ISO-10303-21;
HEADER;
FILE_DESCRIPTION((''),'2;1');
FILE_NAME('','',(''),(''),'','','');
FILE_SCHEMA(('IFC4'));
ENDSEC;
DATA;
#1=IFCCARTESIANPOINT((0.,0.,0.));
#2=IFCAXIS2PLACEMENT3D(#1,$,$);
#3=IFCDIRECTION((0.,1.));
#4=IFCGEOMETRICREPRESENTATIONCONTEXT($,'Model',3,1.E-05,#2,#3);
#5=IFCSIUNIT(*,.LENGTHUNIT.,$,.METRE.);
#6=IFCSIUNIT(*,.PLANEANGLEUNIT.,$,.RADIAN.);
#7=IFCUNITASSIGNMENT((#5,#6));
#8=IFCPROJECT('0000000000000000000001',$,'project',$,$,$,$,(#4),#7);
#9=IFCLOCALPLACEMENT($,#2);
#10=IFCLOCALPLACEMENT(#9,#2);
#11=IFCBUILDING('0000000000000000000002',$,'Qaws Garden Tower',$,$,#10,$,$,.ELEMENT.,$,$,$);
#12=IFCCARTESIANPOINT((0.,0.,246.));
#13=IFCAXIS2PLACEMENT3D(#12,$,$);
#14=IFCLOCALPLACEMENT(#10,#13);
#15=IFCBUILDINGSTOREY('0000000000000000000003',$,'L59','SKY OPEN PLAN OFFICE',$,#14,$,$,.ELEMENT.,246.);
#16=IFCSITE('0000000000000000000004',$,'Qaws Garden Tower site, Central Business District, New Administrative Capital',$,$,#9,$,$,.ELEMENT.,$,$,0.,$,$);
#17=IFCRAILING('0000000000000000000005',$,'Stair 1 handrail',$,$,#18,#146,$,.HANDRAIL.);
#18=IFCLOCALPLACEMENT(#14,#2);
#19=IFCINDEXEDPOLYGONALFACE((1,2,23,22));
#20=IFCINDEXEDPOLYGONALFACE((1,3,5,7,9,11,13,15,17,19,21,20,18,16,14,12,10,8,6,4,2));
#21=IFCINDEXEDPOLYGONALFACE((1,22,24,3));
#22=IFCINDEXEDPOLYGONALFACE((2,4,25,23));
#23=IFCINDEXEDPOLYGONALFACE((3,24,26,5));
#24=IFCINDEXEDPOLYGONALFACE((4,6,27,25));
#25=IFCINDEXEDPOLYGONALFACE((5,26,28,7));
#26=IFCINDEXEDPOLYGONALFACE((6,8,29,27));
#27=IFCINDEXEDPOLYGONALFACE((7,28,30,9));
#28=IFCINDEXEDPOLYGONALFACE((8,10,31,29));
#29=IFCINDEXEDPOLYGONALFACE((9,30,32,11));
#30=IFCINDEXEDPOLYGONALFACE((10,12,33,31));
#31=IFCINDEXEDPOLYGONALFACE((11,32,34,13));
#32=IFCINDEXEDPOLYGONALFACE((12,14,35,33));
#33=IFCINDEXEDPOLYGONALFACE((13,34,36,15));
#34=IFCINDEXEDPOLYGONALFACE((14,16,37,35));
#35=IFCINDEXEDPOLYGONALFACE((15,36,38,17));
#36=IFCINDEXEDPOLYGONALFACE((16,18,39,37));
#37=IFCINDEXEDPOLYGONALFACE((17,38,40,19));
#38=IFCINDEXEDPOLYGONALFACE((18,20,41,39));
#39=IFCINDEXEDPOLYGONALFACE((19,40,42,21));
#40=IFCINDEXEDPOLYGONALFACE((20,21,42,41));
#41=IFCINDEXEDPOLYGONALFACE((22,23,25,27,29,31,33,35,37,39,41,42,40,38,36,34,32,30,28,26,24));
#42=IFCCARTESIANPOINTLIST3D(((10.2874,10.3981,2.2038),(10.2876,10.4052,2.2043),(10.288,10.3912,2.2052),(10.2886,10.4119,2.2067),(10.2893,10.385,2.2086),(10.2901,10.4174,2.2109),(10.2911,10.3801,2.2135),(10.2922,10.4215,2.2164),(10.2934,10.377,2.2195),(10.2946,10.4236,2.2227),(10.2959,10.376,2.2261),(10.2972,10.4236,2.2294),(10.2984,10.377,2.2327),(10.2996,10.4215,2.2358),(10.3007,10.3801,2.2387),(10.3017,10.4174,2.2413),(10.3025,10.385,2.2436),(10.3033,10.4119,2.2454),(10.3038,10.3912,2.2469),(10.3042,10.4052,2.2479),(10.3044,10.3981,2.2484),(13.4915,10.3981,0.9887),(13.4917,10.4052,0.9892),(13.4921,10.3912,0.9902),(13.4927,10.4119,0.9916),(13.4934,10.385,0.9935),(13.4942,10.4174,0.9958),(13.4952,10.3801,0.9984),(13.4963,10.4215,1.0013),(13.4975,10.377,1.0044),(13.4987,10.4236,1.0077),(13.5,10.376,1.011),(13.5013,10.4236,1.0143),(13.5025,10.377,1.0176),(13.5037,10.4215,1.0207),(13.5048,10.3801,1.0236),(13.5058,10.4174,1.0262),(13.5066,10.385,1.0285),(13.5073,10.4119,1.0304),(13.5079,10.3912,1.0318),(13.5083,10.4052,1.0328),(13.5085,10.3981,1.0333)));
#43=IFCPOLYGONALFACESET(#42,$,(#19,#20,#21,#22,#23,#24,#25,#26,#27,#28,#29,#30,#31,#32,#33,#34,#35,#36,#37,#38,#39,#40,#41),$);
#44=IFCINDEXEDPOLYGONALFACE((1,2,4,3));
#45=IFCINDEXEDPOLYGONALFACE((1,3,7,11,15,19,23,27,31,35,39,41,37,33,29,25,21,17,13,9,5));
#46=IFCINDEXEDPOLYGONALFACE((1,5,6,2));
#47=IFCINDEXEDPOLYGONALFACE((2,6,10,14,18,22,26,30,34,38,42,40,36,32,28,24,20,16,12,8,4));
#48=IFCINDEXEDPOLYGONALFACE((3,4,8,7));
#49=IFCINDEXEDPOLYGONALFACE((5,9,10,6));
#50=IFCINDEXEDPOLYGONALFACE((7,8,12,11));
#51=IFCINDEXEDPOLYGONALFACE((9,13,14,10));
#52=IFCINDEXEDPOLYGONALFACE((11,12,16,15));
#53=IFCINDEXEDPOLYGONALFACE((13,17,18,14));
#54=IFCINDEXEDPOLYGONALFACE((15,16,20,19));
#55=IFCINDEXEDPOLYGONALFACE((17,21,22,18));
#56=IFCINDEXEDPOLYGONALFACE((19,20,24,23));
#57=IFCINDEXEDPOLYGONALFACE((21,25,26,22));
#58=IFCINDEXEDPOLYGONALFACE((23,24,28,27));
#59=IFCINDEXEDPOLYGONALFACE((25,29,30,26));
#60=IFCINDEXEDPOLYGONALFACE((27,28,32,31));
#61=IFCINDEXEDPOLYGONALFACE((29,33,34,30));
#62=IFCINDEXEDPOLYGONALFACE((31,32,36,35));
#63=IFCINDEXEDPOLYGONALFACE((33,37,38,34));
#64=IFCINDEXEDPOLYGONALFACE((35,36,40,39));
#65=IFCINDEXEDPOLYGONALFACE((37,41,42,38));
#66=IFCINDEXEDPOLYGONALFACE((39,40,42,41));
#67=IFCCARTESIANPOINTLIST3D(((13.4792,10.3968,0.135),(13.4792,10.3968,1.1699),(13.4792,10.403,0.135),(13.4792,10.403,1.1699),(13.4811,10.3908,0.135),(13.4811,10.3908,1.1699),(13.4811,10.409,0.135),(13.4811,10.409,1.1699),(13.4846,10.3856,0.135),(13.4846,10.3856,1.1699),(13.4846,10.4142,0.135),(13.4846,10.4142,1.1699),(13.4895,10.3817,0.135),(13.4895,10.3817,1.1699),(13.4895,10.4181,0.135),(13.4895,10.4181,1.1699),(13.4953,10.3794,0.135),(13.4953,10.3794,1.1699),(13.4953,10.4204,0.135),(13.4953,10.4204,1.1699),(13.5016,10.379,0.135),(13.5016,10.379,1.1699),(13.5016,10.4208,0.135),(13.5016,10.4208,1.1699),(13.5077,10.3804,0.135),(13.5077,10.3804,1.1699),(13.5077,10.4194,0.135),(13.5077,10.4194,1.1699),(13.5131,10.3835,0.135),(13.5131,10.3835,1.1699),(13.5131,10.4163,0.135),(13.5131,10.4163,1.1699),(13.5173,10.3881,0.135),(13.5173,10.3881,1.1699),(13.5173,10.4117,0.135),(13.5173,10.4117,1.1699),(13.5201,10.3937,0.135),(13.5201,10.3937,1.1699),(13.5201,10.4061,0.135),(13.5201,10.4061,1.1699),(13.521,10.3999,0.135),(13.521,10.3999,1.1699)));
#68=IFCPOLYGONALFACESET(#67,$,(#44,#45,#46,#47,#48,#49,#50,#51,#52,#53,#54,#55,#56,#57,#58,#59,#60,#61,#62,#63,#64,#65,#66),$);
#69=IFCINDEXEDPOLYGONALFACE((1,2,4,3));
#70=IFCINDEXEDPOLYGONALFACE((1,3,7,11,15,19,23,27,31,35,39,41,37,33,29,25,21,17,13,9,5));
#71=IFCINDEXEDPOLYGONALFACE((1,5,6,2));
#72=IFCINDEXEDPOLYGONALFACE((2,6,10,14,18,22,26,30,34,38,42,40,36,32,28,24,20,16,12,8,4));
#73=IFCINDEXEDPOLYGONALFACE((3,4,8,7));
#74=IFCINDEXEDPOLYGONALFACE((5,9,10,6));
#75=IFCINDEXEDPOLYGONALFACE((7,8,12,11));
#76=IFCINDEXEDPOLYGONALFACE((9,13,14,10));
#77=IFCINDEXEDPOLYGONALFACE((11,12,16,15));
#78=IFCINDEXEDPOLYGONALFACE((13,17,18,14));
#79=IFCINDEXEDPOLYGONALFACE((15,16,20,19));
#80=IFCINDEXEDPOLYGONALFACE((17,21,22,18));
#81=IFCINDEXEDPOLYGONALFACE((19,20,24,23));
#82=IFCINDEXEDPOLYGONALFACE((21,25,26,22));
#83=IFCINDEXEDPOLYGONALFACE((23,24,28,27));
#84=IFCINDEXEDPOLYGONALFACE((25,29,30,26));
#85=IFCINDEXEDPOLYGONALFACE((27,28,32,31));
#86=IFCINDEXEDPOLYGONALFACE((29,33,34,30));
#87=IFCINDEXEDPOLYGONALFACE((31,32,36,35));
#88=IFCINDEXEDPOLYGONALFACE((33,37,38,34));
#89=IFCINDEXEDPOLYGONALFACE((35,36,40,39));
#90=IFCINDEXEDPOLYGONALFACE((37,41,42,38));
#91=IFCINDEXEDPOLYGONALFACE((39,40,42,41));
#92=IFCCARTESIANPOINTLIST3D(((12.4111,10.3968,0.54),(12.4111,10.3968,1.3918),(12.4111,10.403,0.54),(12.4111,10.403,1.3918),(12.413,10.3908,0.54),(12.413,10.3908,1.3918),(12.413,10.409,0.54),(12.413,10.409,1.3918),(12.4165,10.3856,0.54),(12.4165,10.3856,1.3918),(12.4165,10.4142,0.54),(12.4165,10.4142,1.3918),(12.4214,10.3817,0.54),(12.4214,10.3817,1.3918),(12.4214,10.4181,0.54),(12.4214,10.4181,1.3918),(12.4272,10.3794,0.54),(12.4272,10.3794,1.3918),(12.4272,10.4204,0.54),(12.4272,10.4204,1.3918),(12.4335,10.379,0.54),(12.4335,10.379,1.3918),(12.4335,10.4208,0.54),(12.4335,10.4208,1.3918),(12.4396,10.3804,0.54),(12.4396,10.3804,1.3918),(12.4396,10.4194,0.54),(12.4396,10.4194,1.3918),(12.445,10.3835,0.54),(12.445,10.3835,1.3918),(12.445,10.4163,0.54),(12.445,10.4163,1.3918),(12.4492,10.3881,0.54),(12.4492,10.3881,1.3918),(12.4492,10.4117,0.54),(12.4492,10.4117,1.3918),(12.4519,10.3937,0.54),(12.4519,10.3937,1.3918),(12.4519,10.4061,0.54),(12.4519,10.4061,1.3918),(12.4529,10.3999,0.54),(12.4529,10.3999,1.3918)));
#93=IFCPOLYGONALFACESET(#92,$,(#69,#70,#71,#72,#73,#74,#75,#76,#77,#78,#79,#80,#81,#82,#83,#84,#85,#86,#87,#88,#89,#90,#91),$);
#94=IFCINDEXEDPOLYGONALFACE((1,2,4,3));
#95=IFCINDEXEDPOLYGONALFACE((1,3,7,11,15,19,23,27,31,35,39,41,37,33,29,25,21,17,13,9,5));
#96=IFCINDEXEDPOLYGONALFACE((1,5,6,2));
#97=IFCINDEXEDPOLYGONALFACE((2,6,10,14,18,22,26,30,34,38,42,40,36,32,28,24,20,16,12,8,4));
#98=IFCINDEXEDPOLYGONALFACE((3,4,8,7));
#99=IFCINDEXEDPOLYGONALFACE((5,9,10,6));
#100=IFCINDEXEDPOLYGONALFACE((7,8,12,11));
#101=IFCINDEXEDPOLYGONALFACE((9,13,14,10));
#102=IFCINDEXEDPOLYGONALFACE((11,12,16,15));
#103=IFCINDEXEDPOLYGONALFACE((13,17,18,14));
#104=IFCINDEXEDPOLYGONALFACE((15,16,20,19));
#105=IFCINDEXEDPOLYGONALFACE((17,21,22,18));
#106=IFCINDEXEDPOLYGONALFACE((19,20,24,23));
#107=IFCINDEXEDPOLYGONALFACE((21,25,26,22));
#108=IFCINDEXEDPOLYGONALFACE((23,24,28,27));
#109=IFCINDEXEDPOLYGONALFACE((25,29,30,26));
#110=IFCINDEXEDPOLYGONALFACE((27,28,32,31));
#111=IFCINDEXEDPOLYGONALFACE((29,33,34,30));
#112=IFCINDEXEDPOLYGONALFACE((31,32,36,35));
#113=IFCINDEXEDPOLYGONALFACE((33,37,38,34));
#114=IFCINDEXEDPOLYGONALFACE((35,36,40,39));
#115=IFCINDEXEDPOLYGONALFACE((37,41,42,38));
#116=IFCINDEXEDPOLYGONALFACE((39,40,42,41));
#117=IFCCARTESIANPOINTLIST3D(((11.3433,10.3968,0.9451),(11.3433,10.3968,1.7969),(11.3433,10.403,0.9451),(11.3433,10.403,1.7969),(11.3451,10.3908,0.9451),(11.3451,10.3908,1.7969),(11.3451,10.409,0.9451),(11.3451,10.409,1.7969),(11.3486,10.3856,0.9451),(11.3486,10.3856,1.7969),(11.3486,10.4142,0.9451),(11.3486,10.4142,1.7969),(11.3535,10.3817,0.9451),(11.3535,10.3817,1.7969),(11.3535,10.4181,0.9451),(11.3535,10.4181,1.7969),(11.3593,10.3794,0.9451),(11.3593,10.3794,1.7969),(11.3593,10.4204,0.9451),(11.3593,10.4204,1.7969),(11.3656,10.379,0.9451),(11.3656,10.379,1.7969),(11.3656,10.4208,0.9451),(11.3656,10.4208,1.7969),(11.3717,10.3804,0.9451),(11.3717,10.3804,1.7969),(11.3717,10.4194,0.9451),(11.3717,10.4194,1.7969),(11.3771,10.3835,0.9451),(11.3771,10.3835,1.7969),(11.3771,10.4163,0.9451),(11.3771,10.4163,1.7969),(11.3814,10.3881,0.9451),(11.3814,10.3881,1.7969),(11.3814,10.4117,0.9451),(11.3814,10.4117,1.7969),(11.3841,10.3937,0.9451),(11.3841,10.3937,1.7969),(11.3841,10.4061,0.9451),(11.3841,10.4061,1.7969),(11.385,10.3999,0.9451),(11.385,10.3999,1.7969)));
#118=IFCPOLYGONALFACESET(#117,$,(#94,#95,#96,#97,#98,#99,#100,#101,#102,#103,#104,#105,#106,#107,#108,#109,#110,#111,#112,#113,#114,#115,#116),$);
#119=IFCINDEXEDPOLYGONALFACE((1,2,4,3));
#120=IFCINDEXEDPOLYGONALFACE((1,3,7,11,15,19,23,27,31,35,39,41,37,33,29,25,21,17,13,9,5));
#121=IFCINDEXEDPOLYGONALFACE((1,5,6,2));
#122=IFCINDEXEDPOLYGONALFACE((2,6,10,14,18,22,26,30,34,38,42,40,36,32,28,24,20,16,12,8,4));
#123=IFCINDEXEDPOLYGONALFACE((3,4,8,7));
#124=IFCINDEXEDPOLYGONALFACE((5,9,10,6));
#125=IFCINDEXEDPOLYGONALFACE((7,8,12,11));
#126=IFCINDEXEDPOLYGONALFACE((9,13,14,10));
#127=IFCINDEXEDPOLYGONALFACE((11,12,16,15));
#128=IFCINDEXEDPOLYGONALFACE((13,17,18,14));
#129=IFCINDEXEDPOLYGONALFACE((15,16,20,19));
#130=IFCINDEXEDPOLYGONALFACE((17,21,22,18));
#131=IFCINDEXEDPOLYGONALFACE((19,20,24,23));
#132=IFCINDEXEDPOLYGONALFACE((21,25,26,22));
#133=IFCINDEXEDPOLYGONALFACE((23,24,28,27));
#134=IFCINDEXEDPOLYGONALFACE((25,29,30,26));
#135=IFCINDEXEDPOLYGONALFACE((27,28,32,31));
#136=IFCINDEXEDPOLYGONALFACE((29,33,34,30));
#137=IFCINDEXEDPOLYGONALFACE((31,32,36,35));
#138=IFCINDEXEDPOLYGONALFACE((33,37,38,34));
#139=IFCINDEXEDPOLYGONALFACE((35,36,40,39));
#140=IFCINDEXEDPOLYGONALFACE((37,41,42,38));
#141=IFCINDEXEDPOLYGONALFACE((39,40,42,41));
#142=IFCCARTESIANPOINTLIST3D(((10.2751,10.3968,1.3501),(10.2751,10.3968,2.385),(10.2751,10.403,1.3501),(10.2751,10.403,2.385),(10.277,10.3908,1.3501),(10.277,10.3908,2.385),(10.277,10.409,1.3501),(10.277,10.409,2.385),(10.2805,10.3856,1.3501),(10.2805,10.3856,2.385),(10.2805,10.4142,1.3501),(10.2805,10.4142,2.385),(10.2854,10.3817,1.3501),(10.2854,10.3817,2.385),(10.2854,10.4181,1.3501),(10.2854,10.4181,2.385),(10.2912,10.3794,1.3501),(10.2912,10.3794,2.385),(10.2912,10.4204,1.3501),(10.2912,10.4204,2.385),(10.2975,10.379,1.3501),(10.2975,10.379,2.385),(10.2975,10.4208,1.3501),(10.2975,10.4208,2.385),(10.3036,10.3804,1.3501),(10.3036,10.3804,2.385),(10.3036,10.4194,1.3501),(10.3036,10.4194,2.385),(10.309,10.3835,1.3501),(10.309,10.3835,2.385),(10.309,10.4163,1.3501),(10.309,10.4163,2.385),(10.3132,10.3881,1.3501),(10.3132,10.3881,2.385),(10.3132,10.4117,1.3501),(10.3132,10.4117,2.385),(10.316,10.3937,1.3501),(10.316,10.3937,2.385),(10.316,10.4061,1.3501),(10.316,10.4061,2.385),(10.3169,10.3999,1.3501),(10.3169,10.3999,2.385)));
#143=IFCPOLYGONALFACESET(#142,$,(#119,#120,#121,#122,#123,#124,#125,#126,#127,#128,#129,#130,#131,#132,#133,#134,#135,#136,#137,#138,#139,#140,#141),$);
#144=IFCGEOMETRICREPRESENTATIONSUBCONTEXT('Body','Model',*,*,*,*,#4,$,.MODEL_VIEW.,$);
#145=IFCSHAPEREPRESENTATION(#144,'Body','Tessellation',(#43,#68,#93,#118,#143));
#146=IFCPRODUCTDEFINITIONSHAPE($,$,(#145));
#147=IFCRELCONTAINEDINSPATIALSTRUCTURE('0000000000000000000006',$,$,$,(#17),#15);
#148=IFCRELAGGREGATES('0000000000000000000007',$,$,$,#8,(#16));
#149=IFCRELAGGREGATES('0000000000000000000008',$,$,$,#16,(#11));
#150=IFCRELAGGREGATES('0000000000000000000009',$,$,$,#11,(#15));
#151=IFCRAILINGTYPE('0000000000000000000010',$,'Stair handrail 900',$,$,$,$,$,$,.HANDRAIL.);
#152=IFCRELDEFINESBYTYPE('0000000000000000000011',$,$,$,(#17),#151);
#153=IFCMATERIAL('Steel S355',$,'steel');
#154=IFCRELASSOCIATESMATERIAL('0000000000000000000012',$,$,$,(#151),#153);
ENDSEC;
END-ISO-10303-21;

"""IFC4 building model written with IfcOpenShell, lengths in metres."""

from ifc_helpers import new_model, si_unit, direction, frame, origin, origin_2d, place, context, subcontext, project, spatial, circle, extrude, material, type_object, element, save


model = new_model("IFC4")

# Units and contexts
model_context = context("Model", 3, precision=1e-05, world=origin(), true_north=direction((0.0, 1.0)))
body_context = subcontext(model_context, "Body", "Model", "MODEL_VIEW")
ifc_project = project(units=[si_unit("LENGTHUNIT", "METRE"), si_unit("PLANEANGLEUNIT", "RADIAN")], contexts=[model_context])

# Site, building, storey
site_placement = place(None, origin())
site = spatial("IfcSite", under=ifc_project, at=site_placement, Name="Qaws Garden Tower site, Central Business District, New Administrative Capital", CompositionType="ELEMENT", RefElevation=0.0)
building_placement = place(site_placement, origin())
building = spatial("IfcBuilding", under=site, at=building_placement, Name="Qaws Garden Tower", CompositionType="ELEMENT")
storey_placement = place(building_placement, frame((0.0, 0.0, 246.0)))
storey = spatial("IfcBuildingStorey", under=building, at=storey_placement, Name="L59", Description="SKY OPEN PLAN OFFICE", CompositionType="ELEMENT", Elevation=246.0)

# Railing
ifc_material_1 = material(Name="Steel S355", Category="steel")
railing_type = type_object("IfcRailingType", Name="Stair handrail 900", PredefinedType="HANDRAIL", material=ifc_material_1)
railing_1_placement = place(storey_placement, frame((13.5, 10.3999, 0.135)))
element("IfcRailing", 1, at=railing_1_placement, inside=storey, type_object=railing_type, Name="Stair 1 handrail", PredefinedType="HANDRAIL", context=body_context, shape_type="SweptSolid", body=[
    extrude(circle(Radius=0.0239, at=origin_2d()), frame((0.0, 0.0, 0.876), z_axis=(-0.935023, 0.0, 0.354588), x_axis=(0.0, -1.0, 0.0)), (0.0, 0.0, 1.0), 3.4268),
    extrude(circle(Radius=0.021, at=origin_2d()), origin(), (0.0, 0.0, 1.0), 1.0349),
    extrude(circle(Radius=0.021, at=origin_2d()), frame((-1.0681, 0.0, 0.405)), (0.0, 0.0, 1.0), 0.8518),
    extrude(circle(Radius=0.021, at=origin_2d()), frame((-2.136, 0.0, 0.8101)), (0.0, 0.0, 1.0), 0.8518),
    extrude(circle(Radius=0.021, at=origin_2d()), frame((-3.2041, 0.0, 1.2151)), (0.0, 0.0, 1.0), 1.0349),
])

save(model, "model.ifc")
